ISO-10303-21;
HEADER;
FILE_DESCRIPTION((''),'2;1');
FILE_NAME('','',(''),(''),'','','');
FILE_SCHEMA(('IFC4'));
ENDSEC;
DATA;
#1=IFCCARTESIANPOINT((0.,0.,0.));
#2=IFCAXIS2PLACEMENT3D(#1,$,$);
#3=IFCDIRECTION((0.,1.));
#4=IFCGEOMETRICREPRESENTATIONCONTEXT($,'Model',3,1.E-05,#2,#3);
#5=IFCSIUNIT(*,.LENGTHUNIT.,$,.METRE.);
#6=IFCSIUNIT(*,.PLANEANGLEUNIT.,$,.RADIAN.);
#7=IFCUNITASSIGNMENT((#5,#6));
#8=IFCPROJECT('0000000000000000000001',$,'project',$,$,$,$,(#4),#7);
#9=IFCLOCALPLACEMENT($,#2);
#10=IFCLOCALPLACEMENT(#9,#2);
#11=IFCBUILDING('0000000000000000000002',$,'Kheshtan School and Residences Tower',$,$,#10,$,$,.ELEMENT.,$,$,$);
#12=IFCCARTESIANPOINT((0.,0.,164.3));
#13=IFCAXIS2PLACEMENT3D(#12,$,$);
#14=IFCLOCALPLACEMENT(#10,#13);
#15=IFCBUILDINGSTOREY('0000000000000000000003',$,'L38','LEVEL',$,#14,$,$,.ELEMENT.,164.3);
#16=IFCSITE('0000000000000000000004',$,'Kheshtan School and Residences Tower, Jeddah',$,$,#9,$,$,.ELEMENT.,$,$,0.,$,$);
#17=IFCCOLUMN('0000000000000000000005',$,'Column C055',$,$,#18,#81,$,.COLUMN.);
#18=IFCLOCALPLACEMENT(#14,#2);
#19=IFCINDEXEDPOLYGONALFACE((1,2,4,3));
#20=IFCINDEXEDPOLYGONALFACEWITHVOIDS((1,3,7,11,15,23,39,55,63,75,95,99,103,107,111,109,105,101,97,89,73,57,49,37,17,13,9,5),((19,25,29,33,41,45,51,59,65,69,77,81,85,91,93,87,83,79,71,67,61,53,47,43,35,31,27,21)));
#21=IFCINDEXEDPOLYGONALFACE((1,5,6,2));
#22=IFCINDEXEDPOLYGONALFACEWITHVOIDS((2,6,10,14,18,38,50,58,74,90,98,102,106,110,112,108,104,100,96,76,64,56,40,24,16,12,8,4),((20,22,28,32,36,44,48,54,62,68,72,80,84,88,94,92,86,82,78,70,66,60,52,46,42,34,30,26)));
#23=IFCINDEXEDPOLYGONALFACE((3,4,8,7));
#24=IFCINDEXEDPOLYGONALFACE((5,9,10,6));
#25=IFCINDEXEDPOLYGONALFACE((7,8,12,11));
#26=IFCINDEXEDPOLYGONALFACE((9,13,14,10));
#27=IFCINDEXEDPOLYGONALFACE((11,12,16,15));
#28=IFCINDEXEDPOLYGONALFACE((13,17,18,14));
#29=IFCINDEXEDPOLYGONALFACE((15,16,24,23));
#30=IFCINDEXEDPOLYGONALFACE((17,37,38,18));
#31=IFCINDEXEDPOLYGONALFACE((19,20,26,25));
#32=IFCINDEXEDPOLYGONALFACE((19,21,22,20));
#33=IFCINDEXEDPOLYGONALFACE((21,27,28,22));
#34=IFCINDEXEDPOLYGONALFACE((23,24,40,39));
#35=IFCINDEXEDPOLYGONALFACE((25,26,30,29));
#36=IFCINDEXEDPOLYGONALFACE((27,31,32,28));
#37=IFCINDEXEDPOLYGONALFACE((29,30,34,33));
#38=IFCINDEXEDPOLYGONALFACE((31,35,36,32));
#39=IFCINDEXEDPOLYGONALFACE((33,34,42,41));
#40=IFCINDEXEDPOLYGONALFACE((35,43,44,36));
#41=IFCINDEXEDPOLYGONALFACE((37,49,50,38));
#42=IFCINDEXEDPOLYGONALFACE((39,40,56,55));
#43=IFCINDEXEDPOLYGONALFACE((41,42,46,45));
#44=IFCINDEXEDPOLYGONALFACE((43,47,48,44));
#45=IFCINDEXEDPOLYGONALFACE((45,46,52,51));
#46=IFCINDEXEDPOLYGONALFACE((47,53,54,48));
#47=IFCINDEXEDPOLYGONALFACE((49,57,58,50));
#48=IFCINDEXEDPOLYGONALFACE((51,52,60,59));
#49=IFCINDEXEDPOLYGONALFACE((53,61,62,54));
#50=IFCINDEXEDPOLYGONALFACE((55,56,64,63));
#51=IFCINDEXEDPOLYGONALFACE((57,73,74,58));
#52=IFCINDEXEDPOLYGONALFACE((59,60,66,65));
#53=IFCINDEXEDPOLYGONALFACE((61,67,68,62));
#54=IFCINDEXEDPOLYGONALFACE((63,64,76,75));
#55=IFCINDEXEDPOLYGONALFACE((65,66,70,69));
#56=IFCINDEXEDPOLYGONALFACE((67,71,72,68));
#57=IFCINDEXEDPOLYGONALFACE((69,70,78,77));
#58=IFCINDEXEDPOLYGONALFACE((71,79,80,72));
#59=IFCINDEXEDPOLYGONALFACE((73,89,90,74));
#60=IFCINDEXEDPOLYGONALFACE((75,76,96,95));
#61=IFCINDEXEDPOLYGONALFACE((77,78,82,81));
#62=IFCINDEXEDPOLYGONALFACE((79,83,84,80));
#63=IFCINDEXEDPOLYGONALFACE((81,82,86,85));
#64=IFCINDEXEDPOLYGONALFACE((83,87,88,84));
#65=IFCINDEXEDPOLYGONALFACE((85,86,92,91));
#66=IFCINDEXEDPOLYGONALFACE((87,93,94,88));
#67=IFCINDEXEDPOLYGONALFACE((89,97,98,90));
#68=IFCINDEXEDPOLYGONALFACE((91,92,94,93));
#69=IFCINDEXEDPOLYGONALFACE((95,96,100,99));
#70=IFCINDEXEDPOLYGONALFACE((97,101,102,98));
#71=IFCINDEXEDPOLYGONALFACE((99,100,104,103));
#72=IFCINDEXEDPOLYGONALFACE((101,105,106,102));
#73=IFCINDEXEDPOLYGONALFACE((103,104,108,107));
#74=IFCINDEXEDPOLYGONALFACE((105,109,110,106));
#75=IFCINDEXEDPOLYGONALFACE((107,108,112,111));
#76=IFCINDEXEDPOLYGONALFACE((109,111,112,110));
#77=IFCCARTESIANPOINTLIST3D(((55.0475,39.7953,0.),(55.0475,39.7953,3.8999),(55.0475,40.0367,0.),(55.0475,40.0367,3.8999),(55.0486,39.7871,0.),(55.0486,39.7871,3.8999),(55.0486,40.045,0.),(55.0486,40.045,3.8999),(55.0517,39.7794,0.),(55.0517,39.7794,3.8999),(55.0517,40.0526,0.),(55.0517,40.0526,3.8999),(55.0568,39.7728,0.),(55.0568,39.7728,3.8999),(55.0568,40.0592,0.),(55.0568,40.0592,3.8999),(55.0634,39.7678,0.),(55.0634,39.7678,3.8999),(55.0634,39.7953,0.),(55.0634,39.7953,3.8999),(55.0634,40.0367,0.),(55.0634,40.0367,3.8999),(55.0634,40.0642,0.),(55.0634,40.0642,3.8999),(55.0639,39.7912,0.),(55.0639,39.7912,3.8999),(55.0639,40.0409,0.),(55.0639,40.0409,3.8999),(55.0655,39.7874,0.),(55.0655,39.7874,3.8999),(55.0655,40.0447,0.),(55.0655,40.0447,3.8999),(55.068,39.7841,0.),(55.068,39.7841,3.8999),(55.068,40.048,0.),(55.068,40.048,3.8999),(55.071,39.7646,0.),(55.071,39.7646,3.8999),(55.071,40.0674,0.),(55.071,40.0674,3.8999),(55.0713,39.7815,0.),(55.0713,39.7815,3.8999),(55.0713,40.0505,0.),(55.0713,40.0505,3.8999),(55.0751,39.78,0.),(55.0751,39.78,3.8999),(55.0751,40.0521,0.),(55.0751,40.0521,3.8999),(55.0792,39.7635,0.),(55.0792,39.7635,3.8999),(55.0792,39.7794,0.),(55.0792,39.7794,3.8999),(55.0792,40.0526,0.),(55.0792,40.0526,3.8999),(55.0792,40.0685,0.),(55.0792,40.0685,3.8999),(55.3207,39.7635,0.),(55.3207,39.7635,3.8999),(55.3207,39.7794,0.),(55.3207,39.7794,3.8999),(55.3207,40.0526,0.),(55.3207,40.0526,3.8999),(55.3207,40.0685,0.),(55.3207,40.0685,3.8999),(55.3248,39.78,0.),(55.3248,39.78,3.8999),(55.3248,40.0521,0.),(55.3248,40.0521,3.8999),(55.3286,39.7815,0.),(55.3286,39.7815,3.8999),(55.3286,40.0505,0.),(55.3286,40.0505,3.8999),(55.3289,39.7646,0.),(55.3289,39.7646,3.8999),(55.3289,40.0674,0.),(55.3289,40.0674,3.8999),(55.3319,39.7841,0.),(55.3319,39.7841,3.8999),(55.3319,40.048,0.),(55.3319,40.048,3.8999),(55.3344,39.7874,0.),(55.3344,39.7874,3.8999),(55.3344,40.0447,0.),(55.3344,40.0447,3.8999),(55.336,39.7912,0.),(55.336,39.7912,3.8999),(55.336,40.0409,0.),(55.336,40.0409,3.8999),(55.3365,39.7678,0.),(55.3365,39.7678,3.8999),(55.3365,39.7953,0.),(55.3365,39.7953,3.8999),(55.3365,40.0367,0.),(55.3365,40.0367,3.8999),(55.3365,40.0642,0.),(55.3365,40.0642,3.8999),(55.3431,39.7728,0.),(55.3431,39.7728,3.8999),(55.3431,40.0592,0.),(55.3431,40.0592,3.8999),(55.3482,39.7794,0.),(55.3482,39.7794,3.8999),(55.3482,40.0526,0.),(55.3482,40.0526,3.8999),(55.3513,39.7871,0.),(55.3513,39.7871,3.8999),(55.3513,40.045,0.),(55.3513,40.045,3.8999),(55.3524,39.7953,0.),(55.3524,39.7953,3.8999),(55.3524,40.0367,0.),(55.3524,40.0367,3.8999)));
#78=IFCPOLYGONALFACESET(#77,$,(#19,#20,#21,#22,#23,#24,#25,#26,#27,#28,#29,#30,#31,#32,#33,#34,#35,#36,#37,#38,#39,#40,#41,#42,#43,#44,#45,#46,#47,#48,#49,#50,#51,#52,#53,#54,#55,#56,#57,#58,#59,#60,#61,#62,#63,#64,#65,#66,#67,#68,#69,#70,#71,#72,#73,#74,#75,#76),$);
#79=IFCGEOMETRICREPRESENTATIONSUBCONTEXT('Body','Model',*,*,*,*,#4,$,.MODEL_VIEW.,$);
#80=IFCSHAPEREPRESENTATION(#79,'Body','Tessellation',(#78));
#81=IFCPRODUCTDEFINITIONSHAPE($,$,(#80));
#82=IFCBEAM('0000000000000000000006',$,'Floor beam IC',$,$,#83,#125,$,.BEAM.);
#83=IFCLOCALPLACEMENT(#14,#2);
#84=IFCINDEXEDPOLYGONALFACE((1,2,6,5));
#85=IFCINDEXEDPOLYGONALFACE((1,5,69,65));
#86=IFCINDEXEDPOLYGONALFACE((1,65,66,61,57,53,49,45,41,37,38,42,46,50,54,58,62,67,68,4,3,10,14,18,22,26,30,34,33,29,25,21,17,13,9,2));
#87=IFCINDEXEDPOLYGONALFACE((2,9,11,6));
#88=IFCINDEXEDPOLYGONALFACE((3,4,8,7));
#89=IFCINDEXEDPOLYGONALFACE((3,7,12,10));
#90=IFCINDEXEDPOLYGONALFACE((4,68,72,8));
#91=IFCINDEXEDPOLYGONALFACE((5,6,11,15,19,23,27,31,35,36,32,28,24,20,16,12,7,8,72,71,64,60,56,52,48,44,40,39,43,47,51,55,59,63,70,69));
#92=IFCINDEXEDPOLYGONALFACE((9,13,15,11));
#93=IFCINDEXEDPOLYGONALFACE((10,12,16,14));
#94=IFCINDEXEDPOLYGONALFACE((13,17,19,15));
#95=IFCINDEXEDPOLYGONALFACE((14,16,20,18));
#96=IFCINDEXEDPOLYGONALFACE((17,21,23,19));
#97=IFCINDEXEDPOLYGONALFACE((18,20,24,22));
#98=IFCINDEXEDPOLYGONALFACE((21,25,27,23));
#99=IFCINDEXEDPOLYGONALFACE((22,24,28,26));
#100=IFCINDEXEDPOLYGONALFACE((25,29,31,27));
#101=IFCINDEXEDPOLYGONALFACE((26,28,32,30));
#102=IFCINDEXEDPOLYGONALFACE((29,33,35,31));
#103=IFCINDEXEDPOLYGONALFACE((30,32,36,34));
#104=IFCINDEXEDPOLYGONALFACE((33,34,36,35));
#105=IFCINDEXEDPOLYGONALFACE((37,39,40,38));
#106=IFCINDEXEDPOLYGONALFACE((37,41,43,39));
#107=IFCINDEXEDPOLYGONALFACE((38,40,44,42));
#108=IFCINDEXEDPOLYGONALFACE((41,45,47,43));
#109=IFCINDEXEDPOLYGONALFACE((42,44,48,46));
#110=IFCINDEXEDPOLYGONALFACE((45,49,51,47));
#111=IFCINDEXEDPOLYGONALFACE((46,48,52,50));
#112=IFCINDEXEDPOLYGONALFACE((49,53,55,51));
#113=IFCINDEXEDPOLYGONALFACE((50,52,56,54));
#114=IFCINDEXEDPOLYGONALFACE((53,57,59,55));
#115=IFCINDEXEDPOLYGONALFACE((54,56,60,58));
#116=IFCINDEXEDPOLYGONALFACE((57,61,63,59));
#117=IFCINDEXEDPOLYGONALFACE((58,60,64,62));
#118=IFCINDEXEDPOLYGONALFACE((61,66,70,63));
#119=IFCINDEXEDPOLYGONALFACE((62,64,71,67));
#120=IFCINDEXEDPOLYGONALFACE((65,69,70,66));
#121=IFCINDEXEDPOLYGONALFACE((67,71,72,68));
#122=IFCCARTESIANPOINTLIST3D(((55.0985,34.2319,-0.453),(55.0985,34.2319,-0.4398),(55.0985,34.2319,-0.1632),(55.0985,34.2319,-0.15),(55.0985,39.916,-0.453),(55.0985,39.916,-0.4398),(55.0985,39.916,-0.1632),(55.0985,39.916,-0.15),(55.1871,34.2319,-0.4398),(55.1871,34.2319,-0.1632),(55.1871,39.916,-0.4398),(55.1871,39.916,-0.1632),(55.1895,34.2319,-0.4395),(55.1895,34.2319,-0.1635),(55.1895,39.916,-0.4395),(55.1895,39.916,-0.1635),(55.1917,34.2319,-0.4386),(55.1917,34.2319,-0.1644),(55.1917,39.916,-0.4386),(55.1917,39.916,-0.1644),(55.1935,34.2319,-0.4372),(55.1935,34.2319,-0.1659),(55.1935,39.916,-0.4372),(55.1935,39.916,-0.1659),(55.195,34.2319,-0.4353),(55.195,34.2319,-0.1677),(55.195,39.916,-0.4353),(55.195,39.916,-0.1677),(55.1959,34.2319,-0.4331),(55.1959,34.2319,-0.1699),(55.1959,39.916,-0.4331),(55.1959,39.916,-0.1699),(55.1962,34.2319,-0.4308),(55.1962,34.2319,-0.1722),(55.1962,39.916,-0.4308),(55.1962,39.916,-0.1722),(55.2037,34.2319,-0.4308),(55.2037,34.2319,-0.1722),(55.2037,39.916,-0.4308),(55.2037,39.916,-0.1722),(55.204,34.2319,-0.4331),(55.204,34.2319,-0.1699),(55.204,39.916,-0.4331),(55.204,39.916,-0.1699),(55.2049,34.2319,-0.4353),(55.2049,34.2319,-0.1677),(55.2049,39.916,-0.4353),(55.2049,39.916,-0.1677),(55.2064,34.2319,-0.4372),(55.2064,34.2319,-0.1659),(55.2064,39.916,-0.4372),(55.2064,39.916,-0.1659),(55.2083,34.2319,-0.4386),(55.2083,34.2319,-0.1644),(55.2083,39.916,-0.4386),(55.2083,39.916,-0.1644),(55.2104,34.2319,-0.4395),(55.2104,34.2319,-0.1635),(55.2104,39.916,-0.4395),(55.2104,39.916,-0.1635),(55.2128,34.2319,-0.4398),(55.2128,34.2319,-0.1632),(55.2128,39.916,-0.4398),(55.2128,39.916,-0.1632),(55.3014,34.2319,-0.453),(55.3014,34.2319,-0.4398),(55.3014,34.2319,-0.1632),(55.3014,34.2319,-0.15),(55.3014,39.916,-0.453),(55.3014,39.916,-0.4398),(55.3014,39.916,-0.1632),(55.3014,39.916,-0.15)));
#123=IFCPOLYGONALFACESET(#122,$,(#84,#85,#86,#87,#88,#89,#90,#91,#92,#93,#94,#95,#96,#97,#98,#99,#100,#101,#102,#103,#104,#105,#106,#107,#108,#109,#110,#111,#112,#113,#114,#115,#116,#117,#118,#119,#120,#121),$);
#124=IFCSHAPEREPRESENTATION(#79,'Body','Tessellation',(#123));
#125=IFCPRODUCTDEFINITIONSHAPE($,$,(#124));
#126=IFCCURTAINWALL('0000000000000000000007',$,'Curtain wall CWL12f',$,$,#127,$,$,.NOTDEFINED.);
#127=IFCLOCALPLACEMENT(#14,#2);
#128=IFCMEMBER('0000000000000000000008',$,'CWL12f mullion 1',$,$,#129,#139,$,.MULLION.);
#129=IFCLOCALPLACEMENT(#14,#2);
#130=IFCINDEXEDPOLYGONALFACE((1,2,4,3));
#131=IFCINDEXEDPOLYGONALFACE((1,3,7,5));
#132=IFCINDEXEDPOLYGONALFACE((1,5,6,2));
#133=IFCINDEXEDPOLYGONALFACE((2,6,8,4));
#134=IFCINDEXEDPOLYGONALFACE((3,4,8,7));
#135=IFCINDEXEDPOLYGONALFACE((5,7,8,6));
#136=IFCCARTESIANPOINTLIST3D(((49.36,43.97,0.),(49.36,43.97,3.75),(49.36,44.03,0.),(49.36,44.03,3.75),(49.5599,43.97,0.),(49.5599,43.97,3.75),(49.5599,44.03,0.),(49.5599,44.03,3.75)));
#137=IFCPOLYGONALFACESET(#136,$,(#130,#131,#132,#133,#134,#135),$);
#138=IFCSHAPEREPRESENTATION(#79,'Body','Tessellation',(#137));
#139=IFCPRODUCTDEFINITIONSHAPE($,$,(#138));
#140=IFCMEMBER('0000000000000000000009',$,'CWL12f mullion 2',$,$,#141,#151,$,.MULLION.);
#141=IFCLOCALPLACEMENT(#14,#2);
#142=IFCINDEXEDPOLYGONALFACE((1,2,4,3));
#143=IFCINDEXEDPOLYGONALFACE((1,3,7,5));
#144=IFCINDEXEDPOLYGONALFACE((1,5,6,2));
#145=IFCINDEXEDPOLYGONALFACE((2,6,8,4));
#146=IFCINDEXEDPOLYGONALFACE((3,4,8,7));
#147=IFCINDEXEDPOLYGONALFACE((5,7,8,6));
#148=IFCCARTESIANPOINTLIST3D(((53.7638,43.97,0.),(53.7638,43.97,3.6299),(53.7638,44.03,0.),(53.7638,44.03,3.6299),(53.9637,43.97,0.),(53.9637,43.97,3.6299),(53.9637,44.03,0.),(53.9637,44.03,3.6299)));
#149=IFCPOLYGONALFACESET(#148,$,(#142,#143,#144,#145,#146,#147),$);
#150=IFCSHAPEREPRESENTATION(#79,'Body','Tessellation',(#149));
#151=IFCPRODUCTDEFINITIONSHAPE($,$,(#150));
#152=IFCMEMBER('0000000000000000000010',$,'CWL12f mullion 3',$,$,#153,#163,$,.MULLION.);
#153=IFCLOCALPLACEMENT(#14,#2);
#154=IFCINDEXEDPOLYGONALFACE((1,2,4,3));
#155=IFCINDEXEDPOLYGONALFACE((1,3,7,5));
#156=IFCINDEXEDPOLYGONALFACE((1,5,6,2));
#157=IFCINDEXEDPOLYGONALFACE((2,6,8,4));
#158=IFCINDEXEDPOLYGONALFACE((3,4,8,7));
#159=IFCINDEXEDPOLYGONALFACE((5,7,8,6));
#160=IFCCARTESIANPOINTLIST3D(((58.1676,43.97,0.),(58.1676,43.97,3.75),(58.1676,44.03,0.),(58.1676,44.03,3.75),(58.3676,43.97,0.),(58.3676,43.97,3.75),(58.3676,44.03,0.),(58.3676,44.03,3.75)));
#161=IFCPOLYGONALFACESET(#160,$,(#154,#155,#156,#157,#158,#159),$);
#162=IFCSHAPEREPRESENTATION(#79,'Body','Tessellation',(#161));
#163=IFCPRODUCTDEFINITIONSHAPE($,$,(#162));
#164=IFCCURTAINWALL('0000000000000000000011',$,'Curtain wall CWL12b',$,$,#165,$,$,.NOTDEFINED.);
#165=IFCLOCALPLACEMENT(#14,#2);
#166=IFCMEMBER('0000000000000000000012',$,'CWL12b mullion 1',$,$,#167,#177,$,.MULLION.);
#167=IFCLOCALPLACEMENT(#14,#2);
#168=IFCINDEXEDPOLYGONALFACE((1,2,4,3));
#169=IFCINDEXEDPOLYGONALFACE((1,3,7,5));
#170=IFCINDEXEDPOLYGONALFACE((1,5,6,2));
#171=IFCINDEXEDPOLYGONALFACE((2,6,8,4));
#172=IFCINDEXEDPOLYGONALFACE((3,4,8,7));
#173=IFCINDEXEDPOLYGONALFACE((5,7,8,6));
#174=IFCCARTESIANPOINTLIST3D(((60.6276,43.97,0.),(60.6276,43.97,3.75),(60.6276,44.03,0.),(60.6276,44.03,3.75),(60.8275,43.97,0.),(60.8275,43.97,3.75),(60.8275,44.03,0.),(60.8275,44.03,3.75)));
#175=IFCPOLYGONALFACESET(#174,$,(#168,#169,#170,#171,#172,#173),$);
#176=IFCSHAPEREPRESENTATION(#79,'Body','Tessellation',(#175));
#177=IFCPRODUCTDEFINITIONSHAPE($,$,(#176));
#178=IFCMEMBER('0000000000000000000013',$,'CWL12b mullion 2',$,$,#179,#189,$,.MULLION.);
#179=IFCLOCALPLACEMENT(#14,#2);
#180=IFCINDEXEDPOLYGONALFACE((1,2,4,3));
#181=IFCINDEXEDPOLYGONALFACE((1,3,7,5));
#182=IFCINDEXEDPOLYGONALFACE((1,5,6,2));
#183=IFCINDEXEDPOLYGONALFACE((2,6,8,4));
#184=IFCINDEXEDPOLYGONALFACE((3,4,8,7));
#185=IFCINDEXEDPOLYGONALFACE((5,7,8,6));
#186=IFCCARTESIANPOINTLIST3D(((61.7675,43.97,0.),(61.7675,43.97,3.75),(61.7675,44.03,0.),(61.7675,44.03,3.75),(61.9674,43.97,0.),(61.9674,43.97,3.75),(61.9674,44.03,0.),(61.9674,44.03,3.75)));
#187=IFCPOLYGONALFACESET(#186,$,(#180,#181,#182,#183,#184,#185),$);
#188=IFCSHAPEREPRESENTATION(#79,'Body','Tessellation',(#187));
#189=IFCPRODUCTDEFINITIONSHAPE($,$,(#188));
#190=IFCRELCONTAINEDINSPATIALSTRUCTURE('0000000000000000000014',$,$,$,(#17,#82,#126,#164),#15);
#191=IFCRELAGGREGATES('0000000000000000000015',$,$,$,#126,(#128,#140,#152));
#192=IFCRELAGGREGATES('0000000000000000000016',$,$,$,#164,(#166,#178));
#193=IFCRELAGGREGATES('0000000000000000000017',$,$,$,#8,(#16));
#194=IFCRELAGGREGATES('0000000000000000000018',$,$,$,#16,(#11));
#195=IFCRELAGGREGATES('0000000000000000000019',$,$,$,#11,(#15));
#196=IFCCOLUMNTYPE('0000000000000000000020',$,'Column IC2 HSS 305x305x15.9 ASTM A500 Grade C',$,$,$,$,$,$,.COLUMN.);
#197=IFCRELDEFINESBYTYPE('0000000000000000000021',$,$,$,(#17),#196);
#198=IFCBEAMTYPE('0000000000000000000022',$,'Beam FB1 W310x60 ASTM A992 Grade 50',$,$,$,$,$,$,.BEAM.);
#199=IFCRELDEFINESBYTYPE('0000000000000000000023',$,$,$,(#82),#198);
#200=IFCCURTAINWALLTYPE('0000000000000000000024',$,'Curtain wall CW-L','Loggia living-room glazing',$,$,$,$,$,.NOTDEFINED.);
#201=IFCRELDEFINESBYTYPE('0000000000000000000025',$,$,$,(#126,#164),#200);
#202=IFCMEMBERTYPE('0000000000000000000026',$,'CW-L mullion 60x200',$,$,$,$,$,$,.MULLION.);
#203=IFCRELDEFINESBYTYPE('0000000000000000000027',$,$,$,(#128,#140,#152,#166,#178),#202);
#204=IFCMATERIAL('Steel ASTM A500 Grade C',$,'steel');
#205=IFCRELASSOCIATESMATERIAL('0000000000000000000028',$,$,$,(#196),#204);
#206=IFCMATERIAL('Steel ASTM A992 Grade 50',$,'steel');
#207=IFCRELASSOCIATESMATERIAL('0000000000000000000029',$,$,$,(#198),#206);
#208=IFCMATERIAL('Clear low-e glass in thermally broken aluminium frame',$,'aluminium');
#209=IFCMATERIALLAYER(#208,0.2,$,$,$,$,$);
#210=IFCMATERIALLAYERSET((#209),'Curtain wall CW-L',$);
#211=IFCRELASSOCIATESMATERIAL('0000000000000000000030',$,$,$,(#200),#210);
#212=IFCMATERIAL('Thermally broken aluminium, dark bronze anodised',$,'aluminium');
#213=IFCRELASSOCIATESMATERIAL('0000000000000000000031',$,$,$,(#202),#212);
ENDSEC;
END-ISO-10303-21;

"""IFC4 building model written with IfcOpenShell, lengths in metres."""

from ifc_helpers import new_model, si_unit, direction, frame, origin, origin_2d, place, context, subcontext, project, spatial, rectangle, hollow_rectangle, i_section, extrude, material, layer, layer_set, material_profile, profile_set, type_object, element, aggregate, save


model = new_model("IFC4")

# Units and contexts
model_context = context("Model", 3, precision=1e-05, world=origin(), true_north=direction((0.0, 1.0)))
body_context = subcontext(model_context, "Body", "Model", "MODEL_VIEW")
ifc_project = project(units=[si_unit("LENGTHUNIT", "METRE"), si_unit("PLANEANGLEUNIT", "RADIAN")], contexts=[model_context])

# Site, building, storey
site_placement = place(None, origin())
site = spatial("IfcSite", under=ifc_project, at=site_placement, Name="Kheshtan School and Residences Tower, Jeddah", CompositionType="ELEMENT", RefElevation=0.0)
building_placement = place(site_placement, origin())
building = spatial("IfcBuilding", under=site, at=building_placement, Name="Kheshtan School and Residences Tower", CompositionType="ELEMENT")
storey_placement = place(building_placement, frame((0.0, 0.0, 164.3)))
storey = spatial("IfcBuildingStorey", under=building, at=storey_placement, Name="L38", Description="LEVEL", CompositionType="ELEMENT", Elevation=164.3)

# Column
ifc_material_1 = material(Name="Steel ASTM A500 Grade C", Category="steel")
ifc_material_profile_1 = material_profile(ifc_material_1, hollow_rectangle(XDim=0.3049, YDim=0.3049, WallThickness=0.0159, InnerFilletRadius=0.0159, OuterFilletRadius=0.0317, at=origin_2d()), Name="HSS 305x305x15.9")
ifc_profile_set_1 = profile_set([ifc_material_profile_1], Name="Steel ASTM A500 Grade C")
column_type = type_object("IfcColumnType", Name="Column IC2 HSS 305x305x15.9 ASTM A500 Grade C", PredefinedType="COLUMN", material=ifc_profile_set_1)
column_placement = place(storey_placement, frame((55.2, 39.916, 0.0), z_axis=(0.0, 0.0, 1.0), x_axis=(1.0, 0.0, 0.0)))
element("IfcColumn", 1, at=column_placement, inside=storey, type_object=column_type, Name="Column C055", PredefinedType="COLUMN", context=body_context, shape_type="SweptSolid", body=[
    extrude(hollow_rectangle(XDim=0.3049, YDim=0.3049, WallThickness=0.0159, InnerFilletRadius=0.0159, OuterFilletRadius=0.0317, at=origin_2d()), origin(), (0.0, 0.0, 1.0), 3.8999),
])

# Beam
ifc_material_2 = material(Name="Steel ASTM A992 Grade 50", Category="steel")
ifc_material_profile_2 = material_profile(ifc_material_2, i_section(OverallWidth=0.2029, OverallDepth=0.303, WebThickness=0.0076, FlangeThickness=0.0132, FilletRadius=0.009, at=origin_2d()), Name="W310x60")
ifc_profile_set_2 = profile_set([ifc_material_profile_2], Name="Steel ASTM A992 Grade 50")
beam_type = type_object("IfcBeamType", Name="Beam FB1 W310x60 ASTM A992 Grade 50", PredefinedType="BEAM", material=ifc_profile_set_2)
beam_placement = place(storey_placement, frame((55.2, 34.2319, -0.3015), z_axis=(0.0, 1.0, 0.0), x_axis=(-1.0, 0.0, 0.0)))
element("IfcBeam", 2, at=beam_placement, inside=storey, type_object=beam_type, Name="Floor beam IC", PredefinedType="BEAM", context=body_context, shape_type="SweptSolid", body=[
    extrude(i_section(OverallWidth=0.2029, OverallDepth=0.303, WebThickness=0.0076, FlangeThickness=0.0132, FilletRadius=0.009, at=origin_2d()), origin(), (0.0, 0.0, 1.0), 5.6841),
])

# Curtain walls, members
ifc_material_3 = material(Name="Clear low-e glass in thermally broken aluminium frame", Category="aluminium")
ifc_layer_1 = layer(ifc_material_3, 0.2)
ifc_layer_set_1 = layer_set([ifc_layer_1], Name="Curtain wall CW-L")
curtain_wall_type = type_object("IfcCurtainWallType", Name="Curtain wall CW-L", Description="Loggia living-room glazing", PredefinedType="NOTDEFINED", material=ifc_layer_set_1)
curtain_wall_1_placement = place(storey_placement, origin())
curtain_wall_1 = element("IfcCurtainWall", 3, at=curtain_wall_1_placement, inside=storey, type_object=curtain_wall_type, Name="Curtain wall CWL12f", PredefinedType="NOTDEFINED")
ifc_material_4 = material(Name="Thermally broken aluminium, dark bronze anodised", Category="aluminium")
ifc_material_profile_3 = material_profile(ifc_material_4, rectangle(XDim=0.0601, YDim=0.2, at=origin_2d()), Name="CW-L mullion 60x200")
ifc_profile_set_3 = profile_set([ifc_material_profile_3], Name="Thermally broken aluminium, dark bronze anodised")
member_type_1 = type_object("IfcMemberType", Name="CW-L mullion 60x200", PredefinedType="MULLION", material=ifc_profile_set_3)
member_1_placement = place(storey_placement, frame((49.46, 44.0, 0.0), z_axis=(0.0, 0.0, 1.0), x_axis=(0.0, 1.0, 0.0)))
member_1 = element("IfcMember", 4, at=member_1_placement, type_object=member_type_1, Name="CWL12f mullion 1", PredefinedType="MULLION", context=body_context, shape_type="SweptSolid", body=[
    extrude(rectangle(XDim=0.0601, YDim=0.2, at=origin_2d()), origin(), (0.0, 0.0, 1.0), 3.75),
])
member_2_placement = place(storey_placement, frame((53.8638, 44.0, 0.0), z_axis=(0.0, 0.0, 1.0), x_axis=(0.0, 1.0, 0.0)))
member_2 = element("IfcMember", 5, at=member_2_placement, type_object=member_type_1, Name="CWL12f mullion 2", PredefinedType="MULLION", context=body_context, shape_type="SweptSolid", body=[
    extrude(rectangle(XDim=0.0601, YDim=0.2, at=origin_2d()), origin(), (0.0, 0.0, 1.0), 3.6299),
])
member_3_placement = place(storey_placement, frame((58.2676, 44.0, 0.0), z_axis=(0.0, 0.0, 1.0), x_axis=(0.0, 1.0, 0.0)))
member_3 = element("IfcMember", 6, at=member_3_placement, type_object=member_type_1, Name="CWL12f mullion 3", PredefinedType="MULLION", context=body_context, shape_type="SweptSolid", body=[
    extrude(rectangle(XDim=0.0601, YDim=0.2, at=origin_2d()), origin(), (0.0, 0.0, 1.0), 3.75),
])
curtain_wall_2_placement = place(storey_placement, origin())
curtain_wall_2 = element("IfcCurtainWall", 7, at=curtain_wall_2_placement, inside=storey, type_object=curtain_wall_type, Name="Curtain wall CWL12b", PredefinedType="NOTDEFINED")
member_4_placement = place(storey_placement, frame((60.7275, 44.0, 0.0), z_axis=(0.0, 0.0, 1.0), x_axis=(0.0, 1.0, 0.0)))
member_4 = element("IfcMember", 8, at=member_4_placement, type_object=member_type_1, Name="CWL12b mullion 1", PredefinedType="MULLION", context=body_context, shape_type="SweptSolid", body=[
    extrude(rectangle(XDim=0.0601, YDim=0.2, at=origin_2d()), origin(), (0.0, 0.0, 1.0), 3.75),
])
member_5_placement = place(storey_placement, frame((61.8674, 44.0, 0.0), z_axis=(0.0, 0.0, 1.0), x_axis=(0.0, 1.0, 0.0)))
member_5 = element("IfcMember", 9, at=member_5_placement, type_object=member_type_1, Name="CWL12b mullion 2", PredefinedType="MULLION", context=body_context, shape_type="SweptSolid", body=[
    extrude(rectangle(XDim=0.0601, YDim=0.2, at=origin_2d()), origin(), (0.0, 0.0, 1.0), 3.75),
])

aggregate(curtain_wall_1, [member_1, member_2, member_3])
aggregate(curtain_wall_2, [member_4, member_5])

save(model, "model.ifc")
